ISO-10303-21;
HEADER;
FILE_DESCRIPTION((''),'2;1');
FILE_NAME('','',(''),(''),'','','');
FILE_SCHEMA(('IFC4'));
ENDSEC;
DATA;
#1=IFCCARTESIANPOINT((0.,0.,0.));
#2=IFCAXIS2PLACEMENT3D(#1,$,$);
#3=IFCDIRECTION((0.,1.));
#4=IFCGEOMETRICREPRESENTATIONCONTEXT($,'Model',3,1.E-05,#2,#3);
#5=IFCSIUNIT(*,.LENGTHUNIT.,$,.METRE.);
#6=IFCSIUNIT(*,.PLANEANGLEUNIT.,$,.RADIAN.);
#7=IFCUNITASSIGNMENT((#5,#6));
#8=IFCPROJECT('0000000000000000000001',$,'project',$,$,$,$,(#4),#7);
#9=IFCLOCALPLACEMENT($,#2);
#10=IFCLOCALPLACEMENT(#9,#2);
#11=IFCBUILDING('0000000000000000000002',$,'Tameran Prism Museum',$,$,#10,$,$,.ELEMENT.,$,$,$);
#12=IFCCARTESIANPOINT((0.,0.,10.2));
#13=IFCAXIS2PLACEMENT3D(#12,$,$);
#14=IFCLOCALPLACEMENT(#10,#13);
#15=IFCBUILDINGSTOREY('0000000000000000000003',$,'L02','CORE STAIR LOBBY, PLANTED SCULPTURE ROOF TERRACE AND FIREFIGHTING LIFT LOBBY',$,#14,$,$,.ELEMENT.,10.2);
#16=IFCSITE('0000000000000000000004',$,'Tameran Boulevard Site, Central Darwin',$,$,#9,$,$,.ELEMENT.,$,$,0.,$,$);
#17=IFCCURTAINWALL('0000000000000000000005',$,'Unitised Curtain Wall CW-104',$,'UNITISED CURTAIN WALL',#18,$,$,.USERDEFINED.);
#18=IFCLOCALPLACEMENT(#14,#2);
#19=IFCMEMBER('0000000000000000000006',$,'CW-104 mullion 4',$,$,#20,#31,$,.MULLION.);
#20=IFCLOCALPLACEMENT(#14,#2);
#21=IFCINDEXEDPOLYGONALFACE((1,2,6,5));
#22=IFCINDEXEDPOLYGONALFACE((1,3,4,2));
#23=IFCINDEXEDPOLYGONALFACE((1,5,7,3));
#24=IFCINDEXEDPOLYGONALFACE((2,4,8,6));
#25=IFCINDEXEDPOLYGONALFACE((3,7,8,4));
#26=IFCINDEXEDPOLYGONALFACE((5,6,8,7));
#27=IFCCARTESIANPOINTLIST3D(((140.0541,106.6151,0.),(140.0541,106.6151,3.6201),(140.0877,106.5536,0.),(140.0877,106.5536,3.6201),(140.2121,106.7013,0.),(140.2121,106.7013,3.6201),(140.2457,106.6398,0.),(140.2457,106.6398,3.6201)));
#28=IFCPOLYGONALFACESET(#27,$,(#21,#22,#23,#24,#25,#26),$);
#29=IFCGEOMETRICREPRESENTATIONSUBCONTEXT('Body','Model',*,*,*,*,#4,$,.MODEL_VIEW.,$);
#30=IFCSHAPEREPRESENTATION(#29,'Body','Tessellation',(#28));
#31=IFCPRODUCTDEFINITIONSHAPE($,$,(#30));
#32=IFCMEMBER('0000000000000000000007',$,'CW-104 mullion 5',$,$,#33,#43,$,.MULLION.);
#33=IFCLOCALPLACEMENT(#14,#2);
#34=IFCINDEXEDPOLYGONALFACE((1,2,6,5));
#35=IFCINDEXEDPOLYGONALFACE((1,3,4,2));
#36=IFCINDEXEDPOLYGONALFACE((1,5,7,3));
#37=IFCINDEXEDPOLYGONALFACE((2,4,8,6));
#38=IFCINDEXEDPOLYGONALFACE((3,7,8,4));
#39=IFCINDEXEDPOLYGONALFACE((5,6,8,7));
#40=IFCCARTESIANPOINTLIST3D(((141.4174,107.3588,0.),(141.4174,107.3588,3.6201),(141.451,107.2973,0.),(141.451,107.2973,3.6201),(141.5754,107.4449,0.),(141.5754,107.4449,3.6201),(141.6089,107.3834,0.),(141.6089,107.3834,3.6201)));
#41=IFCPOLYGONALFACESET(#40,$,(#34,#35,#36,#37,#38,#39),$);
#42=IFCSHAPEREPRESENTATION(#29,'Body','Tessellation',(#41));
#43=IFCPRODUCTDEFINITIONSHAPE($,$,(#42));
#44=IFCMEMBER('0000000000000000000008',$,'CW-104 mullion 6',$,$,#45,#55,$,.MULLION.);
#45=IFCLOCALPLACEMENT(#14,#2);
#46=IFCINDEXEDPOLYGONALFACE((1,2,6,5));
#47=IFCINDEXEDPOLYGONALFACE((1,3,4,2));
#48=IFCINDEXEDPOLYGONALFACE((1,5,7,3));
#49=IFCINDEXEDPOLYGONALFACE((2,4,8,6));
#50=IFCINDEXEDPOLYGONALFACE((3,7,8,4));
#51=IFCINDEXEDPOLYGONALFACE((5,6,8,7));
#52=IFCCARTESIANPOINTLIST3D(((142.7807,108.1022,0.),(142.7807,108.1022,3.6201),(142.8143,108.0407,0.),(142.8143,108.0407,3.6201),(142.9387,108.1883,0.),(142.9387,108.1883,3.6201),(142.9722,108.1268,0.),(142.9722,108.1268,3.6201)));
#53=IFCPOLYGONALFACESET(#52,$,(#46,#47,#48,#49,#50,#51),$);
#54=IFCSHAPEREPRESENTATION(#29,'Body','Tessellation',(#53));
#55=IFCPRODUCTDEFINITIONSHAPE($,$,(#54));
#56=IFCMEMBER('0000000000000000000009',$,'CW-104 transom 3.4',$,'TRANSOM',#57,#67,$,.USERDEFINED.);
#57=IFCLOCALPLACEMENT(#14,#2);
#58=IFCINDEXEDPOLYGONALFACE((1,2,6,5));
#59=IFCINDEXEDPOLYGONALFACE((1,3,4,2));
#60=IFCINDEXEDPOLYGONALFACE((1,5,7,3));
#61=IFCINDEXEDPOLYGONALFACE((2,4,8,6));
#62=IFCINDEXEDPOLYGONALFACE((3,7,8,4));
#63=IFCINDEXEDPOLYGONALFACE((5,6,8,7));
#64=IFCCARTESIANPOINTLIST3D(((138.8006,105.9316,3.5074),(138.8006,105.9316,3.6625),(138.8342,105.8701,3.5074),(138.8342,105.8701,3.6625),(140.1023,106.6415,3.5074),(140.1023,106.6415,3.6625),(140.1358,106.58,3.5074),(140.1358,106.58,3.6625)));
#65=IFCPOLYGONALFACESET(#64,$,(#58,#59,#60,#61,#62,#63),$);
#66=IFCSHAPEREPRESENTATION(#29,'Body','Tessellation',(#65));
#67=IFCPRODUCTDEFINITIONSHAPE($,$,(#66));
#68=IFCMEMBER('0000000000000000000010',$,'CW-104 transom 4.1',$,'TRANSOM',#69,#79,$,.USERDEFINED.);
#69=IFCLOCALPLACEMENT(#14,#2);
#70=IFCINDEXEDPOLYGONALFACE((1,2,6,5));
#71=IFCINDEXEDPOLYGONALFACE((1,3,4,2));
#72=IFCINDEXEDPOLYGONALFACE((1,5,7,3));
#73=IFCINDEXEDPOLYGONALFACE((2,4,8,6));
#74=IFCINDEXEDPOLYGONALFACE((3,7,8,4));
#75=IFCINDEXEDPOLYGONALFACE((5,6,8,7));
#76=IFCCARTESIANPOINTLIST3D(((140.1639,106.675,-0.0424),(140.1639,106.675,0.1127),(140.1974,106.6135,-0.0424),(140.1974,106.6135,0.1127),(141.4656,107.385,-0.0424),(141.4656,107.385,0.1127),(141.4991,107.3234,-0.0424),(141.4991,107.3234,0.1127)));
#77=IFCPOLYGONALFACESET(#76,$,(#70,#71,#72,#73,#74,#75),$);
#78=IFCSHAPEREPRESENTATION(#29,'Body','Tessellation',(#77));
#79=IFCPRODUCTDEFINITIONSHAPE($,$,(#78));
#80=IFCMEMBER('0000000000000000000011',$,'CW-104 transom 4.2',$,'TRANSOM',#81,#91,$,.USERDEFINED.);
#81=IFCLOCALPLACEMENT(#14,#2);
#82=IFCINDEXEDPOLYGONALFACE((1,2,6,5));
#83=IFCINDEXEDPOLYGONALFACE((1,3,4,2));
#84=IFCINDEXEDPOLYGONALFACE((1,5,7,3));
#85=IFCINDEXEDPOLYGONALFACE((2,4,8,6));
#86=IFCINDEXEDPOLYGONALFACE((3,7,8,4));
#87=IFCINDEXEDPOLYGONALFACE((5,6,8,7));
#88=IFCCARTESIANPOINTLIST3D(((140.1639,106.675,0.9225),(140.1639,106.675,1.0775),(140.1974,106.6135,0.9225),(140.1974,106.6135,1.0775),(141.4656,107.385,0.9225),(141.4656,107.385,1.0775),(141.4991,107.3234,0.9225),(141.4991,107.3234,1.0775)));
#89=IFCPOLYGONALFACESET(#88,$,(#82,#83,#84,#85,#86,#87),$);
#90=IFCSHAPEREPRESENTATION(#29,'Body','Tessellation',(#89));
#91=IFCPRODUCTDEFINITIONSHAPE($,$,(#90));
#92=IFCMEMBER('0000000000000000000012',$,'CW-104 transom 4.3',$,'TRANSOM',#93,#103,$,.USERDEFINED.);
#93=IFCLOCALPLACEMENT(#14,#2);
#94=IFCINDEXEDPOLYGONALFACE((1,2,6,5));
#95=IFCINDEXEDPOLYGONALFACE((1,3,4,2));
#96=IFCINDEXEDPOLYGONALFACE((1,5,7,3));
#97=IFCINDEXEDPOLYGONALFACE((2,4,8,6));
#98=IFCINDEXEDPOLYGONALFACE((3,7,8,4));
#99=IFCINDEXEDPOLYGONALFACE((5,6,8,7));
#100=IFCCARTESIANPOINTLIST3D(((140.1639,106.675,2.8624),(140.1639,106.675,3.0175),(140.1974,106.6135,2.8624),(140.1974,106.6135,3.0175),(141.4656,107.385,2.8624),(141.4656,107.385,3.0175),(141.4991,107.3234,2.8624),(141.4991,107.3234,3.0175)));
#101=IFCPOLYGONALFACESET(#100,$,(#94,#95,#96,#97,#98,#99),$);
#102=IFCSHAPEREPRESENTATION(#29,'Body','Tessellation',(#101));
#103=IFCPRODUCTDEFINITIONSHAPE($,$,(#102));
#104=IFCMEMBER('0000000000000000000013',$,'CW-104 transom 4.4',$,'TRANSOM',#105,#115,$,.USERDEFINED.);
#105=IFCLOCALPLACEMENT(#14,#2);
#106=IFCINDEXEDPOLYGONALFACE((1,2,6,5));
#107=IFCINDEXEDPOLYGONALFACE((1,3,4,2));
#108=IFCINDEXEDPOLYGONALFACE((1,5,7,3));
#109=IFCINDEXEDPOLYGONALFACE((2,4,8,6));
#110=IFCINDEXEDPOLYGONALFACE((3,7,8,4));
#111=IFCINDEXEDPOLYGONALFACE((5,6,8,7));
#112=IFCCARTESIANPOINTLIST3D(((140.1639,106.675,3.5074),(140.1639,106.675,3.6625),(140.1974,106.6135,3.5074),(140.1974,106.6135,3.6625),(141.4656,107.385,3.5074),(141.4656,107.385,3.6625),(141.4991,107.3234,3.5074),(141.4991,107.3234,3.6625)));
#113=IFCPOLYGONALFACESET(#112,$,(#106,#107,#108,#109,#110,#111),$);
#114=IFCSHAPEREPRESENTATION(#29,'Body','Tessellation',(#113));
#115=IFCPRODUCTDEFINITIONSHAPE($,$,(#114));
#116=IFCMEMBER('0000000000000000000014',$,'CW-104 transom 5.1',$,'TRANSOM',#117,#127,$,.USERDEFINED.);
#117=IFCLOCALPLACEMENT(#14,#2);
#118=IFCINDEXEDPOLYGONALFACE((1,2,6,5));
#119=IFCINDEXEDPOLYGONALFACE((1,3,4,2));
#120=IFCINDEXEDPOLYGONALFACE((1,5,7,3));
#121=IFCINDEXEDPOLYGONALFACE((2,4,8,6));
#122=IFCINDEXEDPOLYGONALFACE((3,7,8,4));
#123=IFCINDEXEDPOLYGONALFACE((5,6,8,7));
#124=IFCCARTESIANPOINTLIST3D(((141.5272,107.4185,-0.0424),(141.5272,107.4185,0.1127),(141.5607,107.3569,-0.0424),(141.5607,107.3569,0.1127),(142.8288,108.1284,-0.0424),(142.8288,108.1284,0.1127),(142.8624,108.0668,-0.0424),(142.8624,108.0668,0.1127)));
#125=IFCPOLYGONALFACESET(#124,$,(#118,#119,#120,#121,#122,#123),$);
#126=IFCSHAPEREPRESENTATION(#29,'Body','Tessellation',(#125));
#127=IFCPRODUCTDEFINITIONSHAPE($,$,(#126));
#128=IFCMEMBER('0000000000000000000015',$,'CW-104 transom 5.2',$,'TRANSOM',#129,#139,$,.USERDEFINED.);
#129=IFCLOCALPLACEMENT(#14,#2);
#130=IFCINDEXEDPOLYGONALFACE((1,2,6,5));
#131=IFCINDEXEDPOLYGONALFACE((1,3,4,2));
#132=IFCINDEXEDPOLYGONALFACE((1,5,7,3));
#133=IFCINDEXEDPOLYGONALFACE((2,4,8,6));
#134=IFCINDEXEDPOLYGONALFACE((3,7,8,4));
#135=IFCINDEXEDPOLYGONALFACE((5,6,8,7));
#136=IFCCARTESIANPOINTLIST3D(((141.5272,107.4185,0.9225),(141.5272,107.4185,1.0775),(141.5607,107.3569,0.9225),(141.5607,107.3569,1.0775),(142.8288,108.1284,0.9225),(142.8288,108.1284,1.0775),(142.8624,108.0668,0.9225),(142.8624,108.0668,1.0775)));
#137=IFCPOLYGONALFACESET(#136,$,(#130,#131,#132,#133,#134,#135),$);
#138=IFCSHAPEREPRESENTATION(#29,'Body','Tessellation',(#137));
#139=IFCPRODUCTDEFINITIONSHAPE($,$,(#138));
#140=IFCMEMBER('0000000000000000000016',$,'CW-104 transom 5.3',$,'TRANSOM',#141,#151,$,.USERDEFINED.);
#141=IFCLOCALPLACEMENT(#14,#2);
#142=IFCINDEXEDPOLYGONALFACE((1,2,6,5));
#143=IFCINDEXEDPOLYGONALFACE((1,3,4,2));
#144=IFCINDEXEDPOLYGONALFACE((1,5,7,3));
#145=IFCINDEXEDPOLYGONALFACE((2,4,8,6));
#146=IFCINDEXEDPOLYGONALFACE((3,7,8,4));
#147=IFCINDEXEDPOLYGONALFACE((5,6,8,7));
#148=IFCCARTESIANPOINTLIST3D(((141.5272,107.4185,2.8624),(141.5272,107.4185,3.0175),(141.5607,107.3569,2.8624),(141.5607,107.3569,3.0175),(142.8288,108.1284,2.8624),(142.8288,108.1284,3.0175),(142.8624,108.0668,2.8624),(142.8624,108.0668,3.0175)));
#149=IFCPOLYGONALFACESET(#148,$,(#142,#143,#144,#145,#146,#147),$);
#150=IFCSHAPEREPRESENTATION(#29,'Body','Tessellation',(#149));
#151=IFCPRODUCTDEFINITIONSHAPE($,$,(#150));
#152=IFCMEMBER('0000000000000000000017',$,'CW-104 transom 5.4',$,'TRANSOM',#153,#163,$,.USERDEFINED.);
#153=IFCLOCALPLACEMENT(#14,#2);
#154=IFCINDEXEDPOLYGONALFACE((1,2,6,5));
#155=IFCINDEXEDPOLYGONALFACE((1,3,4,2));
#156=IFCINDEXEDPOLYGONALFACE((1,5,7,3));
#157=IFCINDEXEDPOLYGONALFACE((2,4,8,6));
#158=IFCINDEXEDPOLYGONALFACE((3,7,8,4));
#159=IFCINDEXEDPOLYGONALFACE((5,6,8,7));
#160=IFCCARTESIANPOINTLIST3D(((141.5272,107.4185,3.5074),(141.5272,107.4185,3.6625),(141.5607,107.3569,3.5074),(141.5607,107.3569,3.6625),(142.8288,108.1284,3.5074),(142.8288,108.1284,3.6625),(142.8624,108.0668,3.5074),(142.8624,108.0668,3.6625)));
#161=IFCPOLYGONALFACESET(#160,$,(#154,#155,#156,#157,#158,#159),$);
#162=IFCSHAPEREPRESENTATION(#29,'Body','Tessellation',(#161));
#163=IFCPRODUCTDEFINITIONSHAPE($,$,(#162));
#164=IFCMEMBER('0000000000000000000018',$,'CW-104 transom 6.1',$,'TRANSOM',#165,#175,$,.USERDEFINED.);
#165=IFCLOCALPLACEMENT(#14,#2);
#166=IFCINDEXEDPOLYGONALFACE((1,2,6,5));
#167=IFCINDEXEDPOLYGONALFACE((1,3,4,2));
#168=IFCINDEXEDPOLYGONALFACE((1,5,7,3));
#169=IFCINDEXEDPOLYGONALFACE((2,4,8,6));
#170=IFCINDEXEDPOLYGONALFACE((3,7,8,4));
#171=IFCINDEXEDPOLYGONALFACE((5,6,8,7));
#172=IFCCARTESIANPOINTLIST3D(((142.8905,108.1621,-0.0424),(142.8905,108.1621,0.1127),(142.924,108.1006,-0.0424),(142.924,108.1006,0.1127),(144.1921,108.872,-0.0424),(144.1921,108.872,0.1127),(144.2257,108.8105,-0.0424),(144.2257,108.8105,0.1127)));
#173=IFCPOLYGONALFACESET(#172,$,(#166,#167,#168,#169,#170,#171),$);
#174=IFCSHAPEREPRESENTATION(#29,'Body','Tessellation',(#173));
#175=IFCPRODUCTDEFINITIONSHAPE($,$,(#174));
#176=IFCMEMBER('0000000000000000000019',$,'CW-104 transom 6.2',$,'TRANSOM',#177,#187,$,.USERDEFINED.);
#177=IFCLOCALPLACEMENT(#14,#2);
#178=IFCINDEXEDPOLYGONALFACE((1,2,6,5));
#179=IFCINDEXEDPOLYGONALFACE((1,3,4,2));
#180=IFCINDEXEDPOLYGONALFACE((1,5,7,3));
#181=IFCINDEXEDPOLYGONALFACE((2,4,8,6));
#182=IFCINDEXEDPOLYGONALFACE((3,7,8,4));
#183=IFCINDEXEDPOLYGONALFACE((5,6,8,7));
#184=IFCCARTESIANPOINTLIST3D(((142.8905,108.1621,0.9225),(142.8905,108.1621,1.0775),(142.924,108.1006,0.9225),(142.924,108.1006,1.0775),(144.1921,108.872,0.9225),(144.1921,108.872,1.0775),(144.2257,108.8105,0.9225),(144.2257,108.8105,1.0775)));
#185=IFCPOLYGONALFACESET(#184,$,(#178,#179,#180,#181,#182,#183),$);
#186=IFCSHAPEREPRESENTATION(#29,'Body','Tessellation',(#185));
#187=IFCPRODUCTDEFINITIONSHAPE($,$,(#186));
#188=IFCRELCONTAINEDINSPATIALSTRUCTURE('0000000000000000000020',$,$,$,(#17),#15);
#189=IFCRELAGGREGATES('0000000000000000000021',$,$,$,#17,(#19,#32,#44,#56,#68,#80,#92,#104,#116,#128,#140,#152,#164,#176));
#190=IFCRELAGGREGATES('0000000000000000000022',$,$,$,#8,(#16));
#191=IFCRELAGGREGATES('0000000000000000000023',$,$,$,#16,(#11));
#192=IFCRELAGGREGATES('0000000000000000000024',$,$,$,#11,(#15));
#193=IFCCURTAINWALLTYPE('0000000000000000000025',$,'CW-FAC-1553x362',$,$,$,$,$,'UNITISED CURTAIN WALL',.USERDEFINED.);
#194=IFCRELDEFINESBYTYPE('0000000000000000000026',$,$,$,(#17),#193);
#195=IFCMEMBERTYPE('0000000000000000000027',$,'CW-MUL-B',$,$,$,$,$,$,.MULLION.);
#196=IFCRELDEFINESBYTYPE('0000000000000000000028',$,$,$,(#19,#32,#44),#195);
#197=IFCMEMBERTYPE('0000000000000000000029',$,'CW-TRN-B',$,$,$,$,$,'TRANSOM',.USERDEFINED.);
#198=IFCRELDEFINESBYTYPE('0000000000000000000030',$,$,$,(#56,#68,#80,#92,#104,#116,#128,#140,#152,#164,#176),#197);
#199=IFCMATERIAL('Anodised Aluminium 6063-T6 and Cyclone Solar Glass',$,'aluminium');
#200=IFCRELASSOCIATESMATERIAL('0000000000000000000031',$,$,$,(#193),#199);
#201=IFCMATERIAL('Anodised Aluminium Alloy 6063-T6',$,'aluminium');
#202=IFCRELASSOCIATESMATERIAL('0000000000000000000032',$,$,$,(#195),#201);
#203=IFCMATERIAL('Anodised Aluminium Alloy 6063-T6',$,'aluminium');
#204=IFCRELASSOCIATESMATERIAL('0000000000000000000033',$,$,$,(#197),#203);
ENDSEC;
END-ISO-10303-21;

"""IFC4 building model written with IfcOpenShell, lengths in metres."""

from ifc_helpers import new_model, si_unit, direction, frame, origin, origin_2d, place, context, subcontext, project, spatial, rectangle, extrude, material, material_profile, profile_set, type_object, element, aggregate, save


model = new_model("IFC4")

# Units and contexts
model_context = context("Model", 3, precision=1e-05, world=origin(), true_north=direction((0.0, 1.0)))
body_context = subcontext(model_context, "Body", "Model", "MODEL_VIEW")
ifc_project = project(units=[si_unit("LENGTHUNIT", "METRE"), si_unit("PLANEANGLEUNIT", "RADIAN")], contexts=[model_context])

# Site, building, storey
site_placement = place(None, origin())
site = spatial("IfcSite", under=ifc_project, at=site_placement, Name="Tameran Boulevard Site, Central Darwin", CompositionType="ELEMENT", RefElevation=0.0)
building_placement = place(site_placement, origin())
building = spatial("IfcBuilding", under=site, at=building_placement, Name="Tameran Prism Museum", CompositionType="ELEMENT")
storey_placement = place(building_placement, frame((0.0, 0.0, 10.2)))
storey = spatial("IfcBuildingStorey", under=building, at=storey_placement, Name="L02", Description="CORE STAIR LOBBY, PLANTED SCULPTURE ROOF TERRACE AND FIREFIGHTING LIFT LOBBY", CompositionType="ELEMENT", Elevation=10.2)

# Curtain wall, members
ifc_material_1 = material(Name="Anodised Aluminium 6063-T6 and Cyclone Solar Glass", Category="aluminium")
curtain_wall_type = type_object("IfcCurtainWallType", Name="CW-FAC-1553x362", ElementType="UNITISED CURTAIN WALL", PredefinedType="USERDEFINED", material=ifc_material_1)
curtain_wall_placement = place(storey_placement, origin())
curtain_wall = element("IfcCurtainWall", 1, at=curtain_wall_placement, inside=storey, type_object=curtain_wall_type, Name="Unitised Curtain Wall CW-104", ObjectType="UNITISED CURTAIN WALL", PredefinedType="USERDEFINED")
ifc_material_2 = material(Name="Anodised Aluminium Alloy 6063-T6", Category="aluminium")
ifc_material_profile_1 = material_profile(ifc_material_2, rectangle(XDim=0.0701, YDim=0.1799, at=origin_2d()))
ifc_profile_set_1 = profile_set([ifc_material_profile_1])
member_type_1 = type_object("IfcMemberType", Name="CW-MUL-B", PredefinedType="MULLION", material=ifc_profile_set_1)
member_1_placement = place(storey_placement, frame((140.1499, 106.6274, 0.0), z_axis=(0.0, 0.0, 1.0), x_axis=(-0.478793, 0.877928, 0.0)))
member_1 = element("IfcMember", 2, at=member_1_placement, type_object=member_type_1, Name="CW-104 mullion 4", PredefinedType="MULLION", context=body_context, shape_type="SweptSolid", body=[
    extrude(rectangle(XDim=0.0701, YDim=0.1799, at=origin_2d()), origin(), (0.0, 0.0, 1.0), 3.6201),
])
member_2_placement = place(storey_placement, frame((141.5132, 107.3711, 0.0), z_axis=(0.0, 0.0, 1.0), x_axis=(-0.478793, 0.877928, 0.0)))
member_2 = element("IfcMember", 3, at=member_2_placement, type_object=member_type_1, Name="CW-104 mullion 5", PredefinedType="MULLION", context=body_context, shape_type="SweptSolid", body=[
    extrude(rectangle(XDim=0.0701, YDim=0.1799, at=origin_2d()), origin(), (0.0, 0.0, 1.0), 3.6201),
])
member_3_placement = place(storey_placement, frame((142.8765, 108.1145, 0.0), z_axis=(0.0, 0.0, 1.0), x_axis=(-0.478793, 0.877928, 0.0)))
member_3 = element("IfcMember", 4, at=member_3_placement, type_object=member_type_1, Name="CW-104 mullion 6", PredefinedType="MULLION", context=body_context, shape_type="SweptSolid", body=[
    extrude(rectangle(XDim=0.0701, YDim=0.1799, at=origin_2d()), origin(), (0.0, 0.0, 1.0), 3.6201),
])
ifc_material_3 = material(Name="Anodised Aluminium Alloy 6063-T6", Category="aluminium")
ifc_material_profile_2 = material_profile(ifc_material_3, rectangle(XDim=0.0701, YDim=0.155, at=origin_2d()))
ifc_profile_set_2 = profile_set([ifc_material_profile_2])
member_type_2 = type_object("IfcMemberType", Name="CW-TRN-B", ElementType="TRANSOM", PredefinedType="USERDEFINED", material=ifc_profile_set_2)
member_4_placement = place(storey_placement, frame((138.8174, 105.9009, 3.585), z_axis=(0.877921, 0.478806, 0.0), x_axis=(-0.478806, 0.877921, 0.0)))
member_4 = element("IfcMember", 5, at=member_4_placement, type_object=member_type_2, Name="CW-104 transom 3.4", ObjectType="TRANSOM", PredefinedType="USERDEFINED", context=body_context, shape_type="SweptSolid", body=[
    extrude(rectangle(XDim=0.0701, YDim=0.155, at=origin_2d()), origin(), (0.0, 0.0, 1.0), 1.4827),
])
member_5_placement = place(storey_placement, frame((140.1807, 106.6443, 0.0352), z_axis=(0.877921, 0.478806, 0.0), x_axis=(-0.478806, 0.877921, 0.0)))
member_5 = element("IfcMember", 6, at=member_5_placement, type_object=member_type_2, Name="CW-104 transom 4.1", ObjectType="TRANSOM", PredefinedType="USERDEFINED", context=body_context, shape_type="SweptSolid", body=[
    extrude(rectangle(XDim=0.0701, YDim=0.155, at=origin_2d()), origin(), (0.0, 0.0, 1.0), 1.4827),
])
member_6_placement = place(storey_placement, frame((140.1807, 106.6443, 1.0), z_axis=(0.877921, 0.478806, 0.0), x_axis=(-0.478806, 0.877921, 0.0)))
member_6 = element("IfcMember", 7, at=member_6_placement, type_object=member_type_2, Name="CW-104 transom 4.2", ObjectType="TRANSOM", PredefinedType="USERDEFINED", context=body_context, shape_type="SweptSolid", body=[
    extrude(rectangle(XDim=0.0701, YDim=0.155, at=origin_2d()), origin(), (0.0, 0.0, 1.0), 1.4827),
])
member_7_placement = place(storey_placement, frame((140.1807, 106.6443, 2.9399), z_axis=(0.877921, 0.478806, 0.0), x_axis=(-0.478806, 0.877921, 0.0)))
member_7 = element("IfcMember", 8, at=member_7_placement, type_object=member_type_2, Name="CW-104 transom 4.3", ObjectType="TRANSOM", PredefinedType="USERDEFINED", context=body_context, shape_type="SweptSolid", body=[
    extrude(rectangle(XDim=0.0701, YDim=0.155, at=origin_2d()), origin(), (0.0, 0.0, 1.0), 1.4827),
])
member_8_placement = place(storey_placement, frame((140.1807, 106.6443, 3.585), z_axis=(0.877921, 0.478806, 0.0), x_axis=(-0.478806, 0.877921, 0.0)))
member_8 = element("IfcMember", 9, at=member_8_placement, type_object=member_type_2, Name="CW-104 transom 4.4", ObjectType="TRANSOM", PredefinedType="USERDEFINED", context=body_context, shape_type="SweptSolid", body=[
    extrude(rectangle(XDim=0.0701, YDim=0.155, at=origin_2d()), origin(), (0.0, 0.0, 1.0), 1.4827),
])
member_9_placement = place(storey_placement, frame((141.5439, 107.3877, 0.0352), z_axis=(0.877921, 0.478806, 0.0), x_axis=(-0.478806, 0.877921, 0.0)))
member_9 = element("IfcMember", 10, at=member_9_placement, type_object=member_type_2, Name="CW-104 transom 5.1", ObjectType="TRANSOM", PredefinedType="USERDEFINED", context=body_context, shape_type="SweptSolid", body=[
    extrude(rectangle(XDim=0.0701, YDim=0.155, at=origin_2d()), origin(), (0.0, 0.0, 1.0), 1.4827),
])
member_10_placement = place(storey_placement, frame((141.5439, 107.3877, 1.0), z_axis=(0.877921, 0.478806, 0.0), x_axis=(-0.478806, 0.877921, 0.0)))
member_10 = element("IfcMember", 11, at=member_10_placement, type_object=member_type_2, Name="CW-104 transom 5.2", ObjectType="TRANSOM", PredefinedType="USERDEFINED", context=body_context, shape_type="SweptSolid", body=[
    extrude(rectangle(XDim=0.0701, YDim=0.155, at=origin_2d()), origin(), (0.0, 0.0, 1.0), 1.4827),
])
member_11_placement = place(storey_placement, frame((141.5439, 107.3877, 2.9399), z_axis=(0.877921, 0.478806, 0.0), x_axis=(-0.478806, 0.877921, 0.0)))
member_11 = element("IfcMember", 12, at=member_11_placement, type_object=member_type_2, Name="CW-104 transom 5.3", ObjectType="TRANSOM", PredefinedType="USERDEFINED", context=body_context, shape_type="SweptSolid", body=[
    extrude(rectangle(XDim=0.0701, YDim=0.155, at=origin_2d()), origin(), (0.0, 0.0, 1.0), 1.4827),
])
member_12_placement = place(storey_placement, frame((141.5439, 107.3877, 3.585), z_axis=(0.877921, 0.478806, 0.0), x_axis=(-0.478806, 0.877921, 0.0)))
member_12 = element("IfcMember", 13, at=member_12_placement, type_object=member_type_2, Name="CW-104 transom 5.4", ObjectType="TRANSOM", PredefinedType="USERDEFINED", context=body_context, shape_type="SweptSolid", body=[
    extrude(rectangle(XDim=0.0701, YDim=0.155, at=origin_2d()), origin(), (0.0, 0.0, 1.0), 1.4827),
])
member_13_placement = place(storey_placement, frame((142.9072, 108.1313, 0.0352), z_axis=(0.877921, 0.478806, 0.0), x_axis=(-0.478806, 0.877921, 0.0)))
member_13 = element("IfcMember", 14, at=member_13_placement, type_object=member_type_2, Name="CW-104 transom 6.1", ObjectType="TRANSOM", PredefinedType="USERDEFINED", context=body_context, shape_type="SweptSolid", body=[
    extrude(rectangle(XDim=0.0701, YDim=0.155, at=origin_2d()), origin(), (0.0, 0.0, 1.0), 1.4827),
])
member_14_placement = place(storey_placement, frame((142.9072, 108.1313, 1.0), z_axis=(0.877921, 0.478806, 0.0), x_axis=(-0.478806, 0.877921, 0.0)))
member_14 = element("IfcMember", 15, at=member_14_placement, type_object=member_type_2, Name="CW-104 transom 6.2", ObjectType="TRANSOM", PredefinedType="USERDEFINED", context=body_context, shape_type="SweptSolid", body=[
    extrude(rectangle(XDim=0.0701, YDim=0.155, at=origin_2d()), origin(), (0.0, 0.0, 1.0), 1.4827),
])
aggregate(curtain_wall, [member_1, member_2, member_3, member_4, member_5, member_6, member_7, member_8, member_9, member_10, member_11, member_12, member_13, member_14])

save(model, "model.ifc")
